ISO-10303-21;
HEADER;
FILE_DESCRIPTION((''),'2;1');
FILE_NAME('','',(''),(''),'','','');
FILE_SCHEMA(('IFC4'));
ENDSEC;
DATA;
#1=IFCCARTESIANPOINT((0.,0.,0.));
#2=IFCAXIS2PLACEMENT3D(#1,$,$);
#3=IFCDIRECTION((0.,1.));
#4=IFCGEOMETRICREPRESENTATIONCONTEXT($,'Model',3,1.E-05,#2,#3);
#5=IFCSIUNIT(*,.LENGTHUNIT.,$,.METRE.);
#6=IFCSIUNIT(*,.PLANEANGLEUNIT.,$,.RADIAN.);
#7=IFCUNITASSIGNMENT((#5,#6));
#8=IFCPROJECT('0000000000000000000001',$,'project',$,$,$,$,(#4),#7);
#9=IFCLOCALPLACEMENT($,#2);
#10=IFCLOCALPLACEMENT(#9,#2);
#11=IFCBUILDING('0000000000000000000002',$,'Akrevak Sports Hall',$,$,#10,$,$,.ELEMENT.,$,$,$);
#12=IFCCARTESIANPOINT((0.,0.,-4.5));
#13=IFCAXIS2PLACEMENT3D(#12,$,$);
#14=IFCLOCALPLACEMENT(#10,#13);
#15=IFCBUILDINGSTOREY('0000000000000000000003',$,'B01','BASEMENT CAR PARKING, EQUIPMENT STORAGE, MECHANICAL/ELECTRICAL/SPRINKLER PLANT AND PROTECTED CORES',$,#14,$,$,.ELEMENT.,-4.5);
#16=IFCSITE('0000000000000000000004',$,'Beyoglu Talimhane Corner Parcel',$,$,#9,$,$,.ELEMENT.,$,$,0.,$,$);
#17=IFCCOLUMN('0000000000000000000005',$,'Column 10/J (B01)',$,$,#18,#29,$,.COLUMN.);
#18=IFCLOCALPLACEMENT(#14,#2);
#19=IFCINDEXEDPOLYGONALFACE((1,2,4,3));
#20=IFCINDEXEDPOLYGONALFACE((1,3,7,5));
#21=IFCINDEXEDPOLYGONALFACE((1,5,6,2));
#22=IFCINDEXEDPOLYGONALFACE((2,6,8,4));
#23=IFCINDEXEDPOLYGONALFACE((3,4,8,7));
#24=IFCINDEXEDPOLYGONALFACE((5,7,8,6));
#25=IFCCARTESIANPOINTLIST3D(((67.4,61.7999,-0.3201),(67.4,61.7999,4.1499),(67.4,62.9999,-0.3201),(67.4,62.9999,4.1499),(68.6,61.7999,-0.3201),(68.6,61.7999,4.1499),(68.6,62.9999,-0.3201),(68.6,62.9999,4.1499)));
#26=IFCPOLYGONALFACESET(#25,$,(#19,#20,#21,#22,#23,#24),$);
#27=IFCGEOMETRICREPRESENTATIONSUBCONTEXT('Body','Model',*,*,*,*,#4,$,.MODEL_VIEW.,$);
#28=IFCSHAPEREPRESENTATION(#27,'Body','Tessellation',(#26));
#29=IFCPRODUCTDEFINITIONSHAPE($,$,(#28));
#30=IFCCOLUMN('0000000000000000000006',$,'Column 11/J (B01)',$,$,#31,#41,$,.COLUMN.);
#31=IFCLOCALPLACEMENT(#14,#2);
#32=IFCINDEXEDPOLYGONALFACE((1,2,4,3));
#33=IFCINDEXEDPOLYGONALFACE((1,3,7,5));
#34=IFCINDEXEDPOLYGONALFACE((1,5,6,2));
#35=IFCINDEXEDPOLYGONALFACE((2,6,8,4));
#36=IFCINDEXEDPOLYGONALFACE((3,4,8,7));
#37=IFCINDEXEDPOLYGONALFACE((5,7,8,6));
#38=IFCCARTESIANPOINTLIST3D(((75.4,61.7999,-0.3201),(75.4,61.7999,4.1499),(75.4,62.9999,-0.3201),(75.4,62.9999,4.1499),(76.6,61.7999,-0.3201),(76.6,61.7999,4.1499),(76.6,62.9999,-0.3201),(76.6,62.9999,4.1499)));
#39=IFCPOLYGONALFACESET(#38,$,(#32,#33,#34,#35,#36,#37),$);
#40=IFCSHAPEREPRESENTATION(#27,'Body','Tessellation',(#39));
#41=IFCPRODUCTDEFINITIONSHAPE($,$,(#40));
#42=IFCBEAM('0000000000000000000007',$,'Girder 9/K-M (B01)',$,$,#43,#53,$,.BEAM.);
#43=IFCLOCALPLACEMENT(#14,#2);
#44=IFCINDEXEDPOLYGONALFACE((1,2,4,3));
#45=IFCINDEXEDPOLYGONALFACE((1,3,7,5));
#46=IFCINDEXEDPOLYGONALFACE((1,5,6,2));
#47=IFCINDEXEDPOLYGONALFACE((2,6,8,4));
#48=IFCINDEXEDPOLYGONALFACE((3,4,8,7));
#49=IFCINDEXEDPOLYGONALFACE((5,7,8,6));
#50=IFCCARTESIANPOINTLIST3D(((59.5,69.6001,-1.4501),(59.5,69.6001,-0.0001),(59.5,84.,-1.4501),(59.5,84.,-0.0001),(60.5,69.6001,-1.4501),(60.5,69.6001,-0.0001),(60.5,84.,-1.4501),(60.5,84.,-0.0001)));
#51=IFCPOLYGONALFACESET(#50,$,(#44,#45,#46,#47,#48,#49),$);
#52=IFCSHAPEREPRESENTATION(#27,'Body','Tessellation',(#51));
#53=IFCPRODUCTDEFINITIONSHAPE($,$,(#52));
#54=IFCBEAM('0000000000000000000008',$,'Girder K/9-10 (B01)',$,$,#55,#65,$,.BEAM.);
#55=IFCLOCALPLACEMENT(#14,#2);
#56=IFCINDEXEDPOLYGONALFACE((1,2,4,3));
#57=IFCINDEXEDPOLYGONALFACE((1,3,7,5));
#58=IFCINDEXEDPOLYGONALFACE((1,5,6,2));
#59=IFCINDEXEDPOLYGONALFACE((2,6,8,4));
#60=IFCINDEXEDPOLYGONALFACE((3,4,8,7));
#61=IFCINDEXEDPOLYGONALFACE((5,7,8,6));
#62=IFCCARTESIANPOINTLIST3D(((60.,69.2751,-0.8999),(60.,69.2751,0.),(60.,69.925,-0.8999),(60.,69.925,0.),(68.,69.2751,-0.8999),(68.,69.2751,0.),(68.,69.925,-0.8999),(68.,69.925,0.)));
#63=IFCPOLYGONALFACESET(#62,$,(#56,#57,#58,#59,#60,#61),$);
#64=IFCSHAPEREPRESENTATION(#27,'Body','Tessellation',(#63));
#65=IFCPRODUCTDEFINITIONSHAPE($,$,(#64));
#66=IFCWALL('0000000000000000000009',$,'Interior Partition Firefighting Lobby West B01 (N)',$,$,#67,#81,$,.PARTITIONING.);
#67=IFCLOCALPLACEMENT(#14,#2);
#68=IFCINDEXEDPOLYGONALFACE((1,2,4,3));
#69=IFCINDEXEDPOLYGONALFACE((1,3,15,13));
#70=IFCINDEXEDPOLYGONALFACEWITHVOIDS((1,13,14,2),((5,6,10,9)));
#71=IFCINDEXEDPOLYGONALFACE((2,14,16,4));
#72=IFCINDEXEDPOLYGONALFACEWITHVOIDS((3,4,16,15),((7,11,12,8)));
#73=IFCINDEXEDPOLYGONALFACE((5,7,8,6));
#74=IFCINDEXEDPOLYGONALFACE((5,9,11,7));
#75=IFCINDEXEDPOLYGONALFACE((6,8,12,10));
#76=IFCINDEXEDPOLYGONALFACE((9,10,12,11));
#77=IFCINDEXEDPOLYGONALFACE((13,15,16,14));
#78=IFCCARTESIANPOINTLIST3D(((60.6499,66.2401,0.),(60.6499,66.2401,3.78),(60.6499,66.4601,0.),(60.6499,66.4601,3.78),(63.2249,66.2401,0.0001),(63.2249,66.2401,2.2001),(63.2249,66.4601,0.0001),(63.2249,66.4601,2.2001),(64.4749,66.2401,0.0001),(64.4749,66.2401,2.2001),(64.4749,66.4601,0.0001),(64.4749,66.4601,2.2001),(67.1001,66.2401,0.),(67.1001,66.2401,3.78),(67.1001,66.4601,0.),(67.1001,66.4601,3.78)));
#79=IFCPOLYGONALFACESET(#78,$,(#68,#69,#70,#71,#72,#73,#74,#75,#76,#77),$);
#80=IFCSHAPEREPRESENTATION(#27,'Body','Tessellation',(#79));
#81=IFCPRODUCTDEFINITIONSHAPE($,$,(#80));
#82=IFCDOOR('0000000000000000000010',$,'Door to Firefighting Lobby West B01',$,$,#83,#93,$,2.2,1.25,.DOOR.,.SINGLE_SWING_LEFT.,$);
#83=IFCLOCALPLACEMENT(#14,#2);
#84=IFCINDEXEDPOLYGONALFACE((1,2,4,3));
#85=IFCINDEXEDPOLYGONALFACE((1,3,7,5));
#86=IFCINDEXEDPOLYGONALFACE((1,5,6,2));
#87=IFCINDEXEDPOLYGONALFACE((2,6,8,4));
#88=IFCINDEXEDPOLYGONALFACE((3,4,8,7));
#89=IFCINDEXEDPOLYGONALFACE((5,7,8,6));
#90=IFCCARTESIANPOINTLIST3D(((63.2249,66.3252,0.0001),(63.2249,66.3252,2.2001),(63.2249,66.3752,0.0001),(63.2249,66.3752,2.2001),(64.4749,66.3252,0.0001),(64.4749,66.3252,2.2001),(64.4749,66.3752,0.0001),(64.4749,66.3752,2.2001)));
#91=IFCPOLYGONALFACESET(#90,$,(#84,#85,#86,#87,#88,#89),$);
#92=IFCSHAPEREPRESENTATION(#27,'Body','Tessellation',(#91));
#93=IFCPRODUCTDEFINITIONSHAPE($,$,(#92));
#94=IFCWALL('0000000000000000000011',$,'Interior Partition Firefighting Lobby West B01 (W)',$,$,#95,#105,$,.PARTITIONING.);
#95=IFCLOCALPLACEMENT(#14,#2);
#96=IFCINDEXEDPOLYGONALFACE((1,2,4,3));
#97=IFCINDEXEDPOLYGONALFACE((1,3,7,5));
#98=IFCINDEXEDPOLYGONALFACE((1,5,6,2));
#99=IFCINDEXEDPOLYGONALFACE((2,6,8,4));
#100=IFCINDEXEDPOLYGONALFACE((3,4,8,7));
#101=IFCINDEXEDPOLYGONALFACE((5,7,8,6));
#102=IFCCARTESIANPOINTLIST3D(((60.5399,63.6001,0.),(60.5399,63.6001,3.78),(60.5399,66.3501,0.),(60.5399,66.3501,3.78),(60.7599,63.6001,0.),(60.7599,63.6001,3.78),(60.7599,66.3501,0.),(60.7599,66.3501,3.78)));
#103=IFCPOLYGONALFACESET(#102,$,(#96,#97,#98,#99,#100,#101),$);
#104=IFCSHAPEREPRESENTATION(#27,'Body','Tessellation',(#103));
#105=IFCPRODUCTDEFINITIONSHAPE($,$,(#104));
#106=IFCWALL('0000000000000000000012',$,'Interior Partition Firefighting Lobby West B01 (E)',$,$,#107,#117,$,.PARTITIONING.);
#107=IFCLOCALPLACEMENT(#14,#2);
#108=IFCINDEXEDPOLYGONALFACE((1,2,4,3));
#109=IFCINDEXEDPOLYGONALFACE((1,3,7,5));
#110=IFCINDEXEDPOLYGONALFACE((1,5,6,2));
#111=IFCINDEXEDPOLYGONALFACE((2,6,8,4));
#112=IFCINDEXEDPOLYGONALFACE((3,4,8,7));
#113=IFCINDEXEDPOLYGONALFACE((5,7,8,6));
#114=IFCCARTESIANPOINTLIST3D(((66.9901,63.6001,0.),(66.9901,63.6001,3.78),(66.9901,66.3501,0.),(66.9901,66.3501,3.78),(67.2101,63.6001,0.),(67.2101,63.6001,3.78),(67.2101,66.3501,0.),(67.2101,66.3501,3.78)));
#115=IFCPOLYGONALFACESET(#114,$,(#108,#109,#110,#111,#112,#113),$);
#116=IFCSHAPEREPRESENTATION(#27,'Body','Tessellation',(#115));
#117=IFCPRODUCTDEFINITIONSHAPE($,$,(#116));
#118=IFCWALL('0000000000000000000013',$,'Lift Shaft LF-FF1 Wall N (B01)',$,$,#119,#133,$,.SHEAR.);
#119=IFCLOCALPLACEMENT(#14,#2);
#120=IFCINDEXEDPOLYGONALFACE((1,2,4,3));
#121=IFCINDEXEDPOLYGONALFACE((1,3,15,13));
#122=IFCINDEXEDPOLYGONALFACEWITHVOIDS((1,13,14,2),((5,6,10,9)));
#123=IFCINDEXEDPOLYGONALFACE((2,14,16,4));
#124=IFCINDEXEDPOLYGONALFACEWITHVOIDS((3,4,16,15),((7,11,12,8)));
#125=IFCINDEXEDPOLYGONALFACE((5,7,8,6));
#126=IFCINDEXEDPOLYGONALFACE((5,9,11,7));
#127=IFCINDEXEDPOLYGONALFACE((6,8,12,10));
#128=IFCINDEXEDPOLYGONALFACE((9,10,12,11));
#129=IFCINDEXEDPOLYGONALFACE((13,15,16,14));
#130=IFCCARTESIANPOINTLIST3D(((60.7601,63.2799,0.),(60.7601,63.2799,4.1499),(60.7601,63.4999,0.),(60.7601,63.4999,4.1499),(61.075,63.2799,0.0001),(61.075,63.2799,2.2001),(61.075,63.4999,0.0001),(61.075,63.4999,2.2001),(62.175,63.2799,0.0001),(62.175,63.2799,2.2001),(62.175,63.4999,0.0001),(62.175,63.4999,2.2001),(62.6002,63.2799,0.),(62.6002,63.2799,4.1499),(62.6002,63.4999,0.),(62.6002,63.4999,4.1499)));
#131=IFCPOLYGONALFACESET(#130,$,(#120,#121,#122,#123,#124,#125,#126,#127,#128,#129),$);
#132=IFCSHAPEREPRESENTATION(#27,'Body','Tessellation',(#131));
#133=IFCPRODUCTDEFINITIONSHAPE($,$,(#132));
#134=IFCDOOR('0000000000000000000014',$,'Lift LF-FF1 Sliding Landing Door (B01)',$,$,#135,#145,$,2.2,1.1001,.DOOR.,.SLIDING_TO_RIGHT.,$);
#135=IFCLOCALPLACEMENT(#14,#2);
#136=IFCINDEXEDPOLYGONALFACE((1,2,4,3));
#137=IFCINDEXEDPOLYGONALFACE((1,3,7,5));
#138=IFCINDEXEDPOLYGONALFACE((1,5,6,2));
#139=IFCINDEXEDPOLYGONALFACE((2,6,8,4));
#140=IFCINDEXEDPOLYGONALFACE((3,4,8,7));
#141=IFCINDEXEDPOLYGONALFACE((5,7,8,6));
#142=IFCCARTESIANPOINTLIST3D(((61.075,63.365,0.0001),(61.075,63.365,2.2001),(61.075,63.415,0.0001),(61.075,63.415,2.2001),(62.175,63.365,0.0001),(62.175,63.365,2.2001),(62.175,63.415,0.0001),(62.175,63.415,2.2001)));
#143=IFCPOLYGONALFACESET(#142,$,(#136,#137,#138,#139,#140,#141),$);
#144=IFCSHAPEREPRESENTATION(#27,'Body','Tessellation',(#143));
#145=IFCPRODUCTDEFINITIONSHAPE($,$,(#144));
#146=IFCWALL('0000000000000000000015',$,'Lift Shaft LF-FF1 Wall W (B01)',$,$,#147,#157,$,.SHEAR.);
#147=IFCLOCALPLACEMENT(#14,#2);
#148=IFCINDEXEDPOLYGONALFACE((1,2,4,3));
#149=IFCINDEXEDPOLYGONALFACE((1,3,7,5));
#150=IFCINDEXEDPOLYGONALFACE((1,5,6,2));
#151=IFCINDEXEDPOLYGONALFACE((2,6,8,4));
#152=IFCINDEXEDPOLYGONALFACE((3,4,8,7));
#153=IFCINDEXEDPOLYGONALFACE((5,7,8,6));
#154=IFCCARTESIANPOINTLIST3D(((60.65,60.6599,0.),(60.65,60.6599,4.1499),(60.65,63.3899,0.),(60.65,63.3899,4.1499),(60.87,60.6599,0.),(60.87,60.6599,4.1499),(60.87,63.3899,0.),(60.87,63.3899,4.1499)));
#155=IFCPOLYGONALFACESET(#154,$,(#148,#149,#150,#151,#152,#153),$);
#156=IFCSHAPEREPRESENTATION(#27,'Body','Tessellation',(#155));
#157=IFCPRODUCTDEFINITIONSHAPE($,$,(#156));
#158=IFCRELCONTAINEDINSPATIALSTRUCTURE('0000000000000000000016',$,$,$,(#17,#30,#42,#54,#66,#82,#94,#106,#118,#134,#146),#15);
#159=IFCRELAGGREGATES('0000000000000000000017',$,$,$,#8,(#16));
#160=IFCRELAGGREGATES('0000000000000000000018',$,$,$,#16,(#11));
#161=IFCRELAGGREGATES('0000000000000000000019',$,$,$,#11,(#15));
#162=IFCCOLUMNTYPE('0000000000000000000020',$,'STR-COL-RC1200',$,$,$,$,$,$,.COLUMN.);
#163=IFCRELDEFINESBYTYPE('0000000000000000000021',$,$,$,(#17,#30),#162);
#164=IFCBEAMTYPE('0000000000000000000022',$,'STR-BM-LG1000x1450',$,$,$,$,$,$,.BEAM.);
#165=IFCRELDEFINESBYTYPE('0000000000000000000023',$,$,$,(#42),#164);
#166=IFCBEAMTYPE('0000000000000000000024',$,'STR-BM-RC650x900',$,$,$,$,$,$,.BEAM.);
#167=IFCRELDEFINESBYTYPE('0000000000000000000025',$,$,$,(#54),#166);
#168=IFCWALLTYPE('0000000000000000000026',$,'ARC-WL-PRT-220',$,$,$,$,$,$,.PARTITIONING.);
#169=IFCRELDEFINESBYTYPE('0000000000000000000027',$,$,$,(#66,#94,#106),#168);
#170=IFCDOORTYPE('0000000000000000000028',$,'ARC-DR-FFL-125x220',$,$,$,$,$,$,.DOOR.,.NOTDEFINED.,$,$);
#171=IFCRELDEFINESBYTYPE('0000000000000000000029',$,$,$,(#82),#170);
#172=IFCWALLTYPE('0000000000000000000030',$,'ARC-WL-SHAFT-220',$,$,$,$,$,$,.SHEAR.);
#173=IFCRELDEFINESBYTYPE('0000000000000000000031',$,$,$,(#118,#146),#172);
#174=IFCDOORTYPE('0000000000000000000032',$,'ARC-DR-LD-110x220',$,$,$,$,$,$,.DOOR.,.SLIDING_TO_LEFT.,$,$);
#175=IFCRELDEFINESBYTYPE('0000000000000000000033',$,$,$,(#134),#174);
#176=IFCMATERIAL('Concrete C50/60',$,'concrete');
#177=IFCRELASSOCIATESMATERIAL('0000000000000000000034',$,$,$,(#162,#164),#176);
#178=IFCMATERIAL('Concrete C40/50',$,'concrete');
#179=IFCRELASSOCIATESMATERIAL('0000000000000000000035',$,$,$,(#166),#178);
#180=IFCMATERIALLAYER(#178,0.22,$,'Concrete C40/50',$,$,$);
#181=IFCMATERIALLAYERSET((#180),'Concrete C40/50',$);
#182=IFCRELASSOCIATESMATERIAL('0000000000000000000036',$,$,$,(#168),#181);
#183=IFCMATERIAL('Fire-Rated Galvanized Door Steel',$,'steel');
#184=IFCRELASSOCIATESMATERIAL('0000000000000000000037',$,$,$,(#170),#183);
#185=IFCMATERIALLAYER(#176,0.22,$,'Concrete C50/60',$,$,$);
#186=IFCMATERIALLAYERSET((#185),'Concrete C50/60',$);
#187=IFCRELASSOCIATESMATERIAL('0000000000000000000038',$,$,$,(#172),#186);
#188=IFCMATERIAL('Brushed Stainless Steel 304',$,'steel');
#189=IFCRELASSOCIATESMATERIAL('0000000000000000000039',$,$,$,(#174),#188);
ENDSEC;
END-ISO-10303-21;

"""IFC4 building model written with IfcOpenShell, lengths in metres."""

from ifc_helpers import new_model, si_unit, direction, frame, frame_2d, origin, origin_2d, place, context, subcontext, project, spatial, rectangle, extrude, material, layer, layer_set, material_profile, profile_set, type_object, element, fill, save


model = new_model("IFC4")

# Units and contexts
model_context = context("Model", 3, precision=1e-05, world=origin(), true_north=direction((0.0, 1.0)))
body_context = subcontext(model_context, "Body", "Model", "MODEL_VIEW")
ifc_project = project(units=[si_unit("LENGTHUNIT", "METRE"), si_unit("PLANEANGLEUNIT", "RADIAN")], contexts=[model_context])

# Site, building, storey
site_placement = place(None, origin())
site = spatial("IfcSite", under=ifc_project, at=site_placement, Name="Beyoglu Talimhane Corner Parcel", CompositionType="ELEMENT", RefElevation=0.0)
building_placement = place(site_placement, origin())
building = spatial("IfcBuilding", under=site, at=building_placement, Name="Akrevak Sports Hall", CompositionType="ELEMENT")
storey_placement = place(building_placement, frame((0.0, 0.0, -4.5)))
storey = spatial("IfcBuildingStorey", under=building, at=storey_placement, Name="B01", Description="BASEMENT CAR PARKING, EQUIPMENT STORAGE, MECHANICAL/ELECTRICAL/SPRINKLER PLANT AND PROTECTED CORES", CompositionType="ELEMENT", Elevation=-4.5)

# Columns
ifc_material_1 = material(Name="Concrete C50/60", Category="concrete")
ifc_material_profile_1 = material_profile(ifc_material_1, rectangle(XDim=1.2, YDim=1.2, at=origin_2d()), Name="RC 1200x1200", Category="concrete")
ifc_profile_set_1 = profile_set([ifc_material_profile_1], Name="Concrete C50/60")
column_type = type_object("IfcColumnType", Name="STR-COL-RC1200", PredefinedType="COLUMN", material=ifc_profile_set_1)
for number, where, z_axis, x_axis, name in (
    (1, (68.0, 62.3999, -0.3201), (0.0, 0.0, 1.0), (1.0, 0.0, 0.0), "Column 10/J (B01)"),
    (2, (76.0, 62.3999, -0.3201), (0.0, 0.0, 1.0), (1.0, 0.0, 0.0), "Column 11/J (B01)"),
):
    element("IfcColumn", number, at=place(storey_placement, frame(where, z_axis=z_axis, x_axis=x_axis)), inside=storey, type_object=column_type, Name=name, PredefinedType="COLUMN", context=body_context, shape_type="SweptSolid", body=[
        extrude(rectangle(XDim=1.2, YDim=1.2, at=origin_2d()), origin(), (0.0, 0.0, 1.0), 4.47),
    ])

# Beams
ifc_material_profile_2 = material_profile(ifc_material_1, rectangle(XDim=1.0, YDim=1.45, at=origin_2d()), Name="BM 1000x1450", Category="concrete")
ifc_profile_set_2 = profile_set([ifc_material_profile_2], Name="Concrete C50/60")
beam_type_1 = type_object("IfcBeamType", Name="STR-BM-LG1000x1450", PredefinedType="BEAM", material=ifc_profile_set_2)
beam_1_placement = place(storey_placement, frame((60.0, 69.6001, -0.7251), z_axis=(0.0, 1.0, 0.0), x_axis=(-1.0, 0.0, 0.0)))
element("IfcBeam", 3, at=beam_1_placement, inside=storey, type_object=beam_type_1, Name="Girder 9/K-M (B01)", PredefinedType="BEAM", context=body_context, shape_type="SweptSolid", body=[
    extrude(rectangle(XDim=1.0, YDim=1.45, at=origin_2d()), origin(), (0.0, 0.0, 1.0), 14.3999),
])
ifc_material_2 = material(Name="Concrete C40/50", Category="concrete")
ifc_material_profile_3 = material_profile(ifc_material_2, rectangle(XDim=0.6499, YDim=0.8999, at=origin_2d()), Name="BM 650x900", Category="concrete")
ifc_profile_set_3 = profile_set([ifc_material_profile_3], Name="Concrete C40/50")
beam_type_2 = type_object("IfcBeamType", Name="STR-BM-RC650x900", PredefinedType="BEAM", material=ifc_profile_set_3)
beam_2_placement = place(storey_placement, frame((60.0, 69.6001, -0.45), z_axis=(1.0, 0.0, 0.0), x_axis=(0.0, 1.0, 0.0)))
element("IfcBeam", 4, at=beam_2_placement, inside=storey, type_object=beam_type_2, Name="Girder K/9-10 (B01)", PredefinedType="BEAM", context=body_context, shape_type="SweptSolid", body=[
    extrude(rectangle(XDim=0.6499, YDim=0.8999, at=origin_2d()), origin(), (0.0, 0.0, 1.0), 8.0),
])

# Wall, opening, door
ifc_layer_1 = layer(ifc_material_2, 0.22, Name="Concrete C40/50")
ifc_layer_set_1 = layer_set([ifc_layer_1], Name="Concrete C40/50")
wall_type_1 = type_object("IfcWallType", Name="ARC-WL-PRT-220", PredefinedType="PARTITIONING", material=ifc_layer_set_1)
wall_1_placement = place(storey_placement, frame((60.6499, 66.3501, 0.0), z_axis=(0.0, 0.0, 1.0), x_axis=(1.0, 0.0, 0.0)))
wall_1 = element("IfcWall", 5, at=wall_1_placement, inside=storey, type_object=wall_type_1, Name="Interior Partition Firefighting Lobby West B01 (N)", PredefinedType="PARTITIONING", context=body_context, shape_type="SweptSolid", body=[
    extrude(rectangle(XDim=6.4502, YDim=0.22, at=frame_2d((3.2251, 0.0))), origin(), (0.0, 0.0, 1.0), 3.78),
])
opening_1_placement = place(wall_1_placement, frame((2.575, 0.0, 0.0)))
opening_1 = element("IfcOpeningElement", 6, at=opening_1_placement, cuts=wall_1, PredefinedType="OPENING", context=body_context, shape_type="SweptSolid", body=[
    extrude(rectangle(XDim=1.25, YDim=2.2, at=frame_2d((0.625, 1.1001))), frame((0.0, 0.1221, 0.0), z_axis=(0.0, -1.0, 0.0), x_axis=(1.0, 0.0, 0.0)), (0.0, 0.0, 1.0), 0.2439),
])
ifc_material_3 = material(Name="Fire-Rated Galvanized Door Steel", Category="steel")
door_type_1 = type_object("IfcDoorType", Name="ARC-DR-FFL-125x220", OperationType="NOTDEFINED", PredefinedType="DOOR", material=ifc_material_3)
door_1_placement = place(opening_1_placement, frame((1.25, 0.0, 0.0), z_axis=(0.0, 0.0, 1.0), x_axis=(-1.0, 0.0, 0.0)))
door_1 = element("IfcDoor", 7, at=door_1_placement, inside=storey, type_object=door_type_1, Name="Door to Firefighting Lobby West B01", OperationType="SINGLE_SWING_LEFT", OverallHeight=2.2, OverallWidth=1.25, PredefinedType="DOOR", context=body_context, shape_type="SweptSolid", body=[
    extrude(rectangle(XDim=1.25, YDim=2.2, at=frame_2d((0.625, 1.1001))), frame((0.0, 0.0249, 0.0), z_axis=(0.0, -1.0, 0.0), x_axis=(1.0, 0.0, 0.0)), (0.0, 0.0, 1.0), 0.05),
])
fill(opening_1, door_1)

# Walls
for number, where, z_axis, x_axis, name in (
    (8, (60.6499, 63.6001, 0.0), (0.0, 0.0, 1.0), (0.0, 1.0, 0.0), "Interior Partition Firefighting Lobby West B01 (W)"),
    (9, (67.1001, 63.6001, 0.0), (0.0, 0.0, 1.0), (0.0, 1.0, 0.0), "Interior Partition Firefighting Lobby West B01 (E)"),
):
    element("IfcWall", number, at=place(storey_placement, frame(where, z_axis=z_axis, x_axis=x_axis)), inside=storey, type_object=wall_type_1, Name=name, PredefinedType="PARTITIONING", context=body_context, shape_type="SweptSolid", body=[
        extrude(rectangle(XDim=2.75, YDim=0.22, at=frame_2d((1.375, 0.0))), origin(), (0.0, 0.0, 1.0), 3.78),
    ])

# Wall, opening, door
ifc_layer_2 = layer(ifc_material_1, 0.22, Name="Concrete C50/60")
ifc_layer_set_2 = layer_set([ifc_layer_2], Name="Concrete C50/60")
wall_type_2 = type_object("IfcWallType", Name="ARC-WL-SHAFT-220", PredefinedType="SHEAR", material=ifc_layer_set_2)
wall_2_placement = place(storey_placement, frame((62.6001, 63.3899, 0.0), z_axis=(0.0, 0.0, 1.0), x_axis=(-1.0, 0.0, 0.0)))
wall_2 = element("IfcWall", 10, at=wall_2_placement, inside=storey, type_object=wall_type_2, Name="Lift Shaft LF-FF1 Wall N (B01)", PredefinedType="SHEAR", context=body_context, shape_type="SweptSolid", body=[
    extrude(rectangle(XDim=1.8401, YDim=0.22, at=frame_2d((0.9199, 0.0))), origin(), (0.0, 0.0, 1.0), 4.1499),
])
opening_2_placement = place(wall_2_placement, frame((0.425, 0.0, 0.0)))
opening_2 = element("IfcOpeningElement", 11, at=opening_2_placement, cuts=wall_2, PredefinedType="OPENING", context=body_context, shape_type="SweptSolid", body=[
    extrude(rectangle(XDim=1.1001, YDim=2.2, at=frame_2d((0.55, 1.1001))), frame((0.0, 0.1221, 0.0), z_axis=(0.0, -1.0, 0.0), x_axis=(1.0, 0.0, 0.0)), (0.0, 0.0, 1.0), 0.2439),
])
ifc_material_4 = material(Name="Brushed Stainless Steel 304", Category="steel")
door_type_2 = type_object("IfcDoorType", Name="ARC-DR-LD-110x220", OperationType="SLIDING_TO_LEFT", PredefinedType="DOOR", material=ifc_material_4)
door_2_placement = place(opening_2_placement, origin())
door_2 = element("IfcDoor", 12, at=door_2_placement, inside=storey, type_object=door_type_2, Name="Lift LF-FF1 Sliding Landing Door (B01)", OperationType="SLIDING_TO_RIGHT", OverallHeight=2.2, OverallWidth=1.1001, PredefinedType="DOOR", context=body_context, shape_type="SweptSolid", body=[
    extrude(rectangle(XDim=1.1001, YDim=2.2, at=frame_2d((0.55, 1.1001))), frame((0.0, 0.0249, 0.0), z_axis=(0.0, -1.0, 0.0), x_axis=(1.0, 0.0, 0.0)), (0.0, 0.0, 1.0), 0.05),
])
fill(opening_2, door_2)

# Wall
wall_3_placement = place(storey_placement, frame((60.76, 63.3899, 0.0), z_axis=(0.0, 0.0, 1.0), x_axis=(0.0, -1.0, 0.0)))
element("IfcWall", 13, at=wall_3_placement, inside=storey, type_object=wall_type_2, Name="Lift Shaft LF-FF1 Wall W (B01)", PredefinedType="SHEAR", context=body_context, shape_type="SweptSolid", body=[
    extrude(rectangle(XDim=2.73, YDim=0.22, at=frame_2d((1.365, 0.0))), origin(), (0.0, 0.0, 1.0), 4.1499),
])

save(model, "model.ifc")
